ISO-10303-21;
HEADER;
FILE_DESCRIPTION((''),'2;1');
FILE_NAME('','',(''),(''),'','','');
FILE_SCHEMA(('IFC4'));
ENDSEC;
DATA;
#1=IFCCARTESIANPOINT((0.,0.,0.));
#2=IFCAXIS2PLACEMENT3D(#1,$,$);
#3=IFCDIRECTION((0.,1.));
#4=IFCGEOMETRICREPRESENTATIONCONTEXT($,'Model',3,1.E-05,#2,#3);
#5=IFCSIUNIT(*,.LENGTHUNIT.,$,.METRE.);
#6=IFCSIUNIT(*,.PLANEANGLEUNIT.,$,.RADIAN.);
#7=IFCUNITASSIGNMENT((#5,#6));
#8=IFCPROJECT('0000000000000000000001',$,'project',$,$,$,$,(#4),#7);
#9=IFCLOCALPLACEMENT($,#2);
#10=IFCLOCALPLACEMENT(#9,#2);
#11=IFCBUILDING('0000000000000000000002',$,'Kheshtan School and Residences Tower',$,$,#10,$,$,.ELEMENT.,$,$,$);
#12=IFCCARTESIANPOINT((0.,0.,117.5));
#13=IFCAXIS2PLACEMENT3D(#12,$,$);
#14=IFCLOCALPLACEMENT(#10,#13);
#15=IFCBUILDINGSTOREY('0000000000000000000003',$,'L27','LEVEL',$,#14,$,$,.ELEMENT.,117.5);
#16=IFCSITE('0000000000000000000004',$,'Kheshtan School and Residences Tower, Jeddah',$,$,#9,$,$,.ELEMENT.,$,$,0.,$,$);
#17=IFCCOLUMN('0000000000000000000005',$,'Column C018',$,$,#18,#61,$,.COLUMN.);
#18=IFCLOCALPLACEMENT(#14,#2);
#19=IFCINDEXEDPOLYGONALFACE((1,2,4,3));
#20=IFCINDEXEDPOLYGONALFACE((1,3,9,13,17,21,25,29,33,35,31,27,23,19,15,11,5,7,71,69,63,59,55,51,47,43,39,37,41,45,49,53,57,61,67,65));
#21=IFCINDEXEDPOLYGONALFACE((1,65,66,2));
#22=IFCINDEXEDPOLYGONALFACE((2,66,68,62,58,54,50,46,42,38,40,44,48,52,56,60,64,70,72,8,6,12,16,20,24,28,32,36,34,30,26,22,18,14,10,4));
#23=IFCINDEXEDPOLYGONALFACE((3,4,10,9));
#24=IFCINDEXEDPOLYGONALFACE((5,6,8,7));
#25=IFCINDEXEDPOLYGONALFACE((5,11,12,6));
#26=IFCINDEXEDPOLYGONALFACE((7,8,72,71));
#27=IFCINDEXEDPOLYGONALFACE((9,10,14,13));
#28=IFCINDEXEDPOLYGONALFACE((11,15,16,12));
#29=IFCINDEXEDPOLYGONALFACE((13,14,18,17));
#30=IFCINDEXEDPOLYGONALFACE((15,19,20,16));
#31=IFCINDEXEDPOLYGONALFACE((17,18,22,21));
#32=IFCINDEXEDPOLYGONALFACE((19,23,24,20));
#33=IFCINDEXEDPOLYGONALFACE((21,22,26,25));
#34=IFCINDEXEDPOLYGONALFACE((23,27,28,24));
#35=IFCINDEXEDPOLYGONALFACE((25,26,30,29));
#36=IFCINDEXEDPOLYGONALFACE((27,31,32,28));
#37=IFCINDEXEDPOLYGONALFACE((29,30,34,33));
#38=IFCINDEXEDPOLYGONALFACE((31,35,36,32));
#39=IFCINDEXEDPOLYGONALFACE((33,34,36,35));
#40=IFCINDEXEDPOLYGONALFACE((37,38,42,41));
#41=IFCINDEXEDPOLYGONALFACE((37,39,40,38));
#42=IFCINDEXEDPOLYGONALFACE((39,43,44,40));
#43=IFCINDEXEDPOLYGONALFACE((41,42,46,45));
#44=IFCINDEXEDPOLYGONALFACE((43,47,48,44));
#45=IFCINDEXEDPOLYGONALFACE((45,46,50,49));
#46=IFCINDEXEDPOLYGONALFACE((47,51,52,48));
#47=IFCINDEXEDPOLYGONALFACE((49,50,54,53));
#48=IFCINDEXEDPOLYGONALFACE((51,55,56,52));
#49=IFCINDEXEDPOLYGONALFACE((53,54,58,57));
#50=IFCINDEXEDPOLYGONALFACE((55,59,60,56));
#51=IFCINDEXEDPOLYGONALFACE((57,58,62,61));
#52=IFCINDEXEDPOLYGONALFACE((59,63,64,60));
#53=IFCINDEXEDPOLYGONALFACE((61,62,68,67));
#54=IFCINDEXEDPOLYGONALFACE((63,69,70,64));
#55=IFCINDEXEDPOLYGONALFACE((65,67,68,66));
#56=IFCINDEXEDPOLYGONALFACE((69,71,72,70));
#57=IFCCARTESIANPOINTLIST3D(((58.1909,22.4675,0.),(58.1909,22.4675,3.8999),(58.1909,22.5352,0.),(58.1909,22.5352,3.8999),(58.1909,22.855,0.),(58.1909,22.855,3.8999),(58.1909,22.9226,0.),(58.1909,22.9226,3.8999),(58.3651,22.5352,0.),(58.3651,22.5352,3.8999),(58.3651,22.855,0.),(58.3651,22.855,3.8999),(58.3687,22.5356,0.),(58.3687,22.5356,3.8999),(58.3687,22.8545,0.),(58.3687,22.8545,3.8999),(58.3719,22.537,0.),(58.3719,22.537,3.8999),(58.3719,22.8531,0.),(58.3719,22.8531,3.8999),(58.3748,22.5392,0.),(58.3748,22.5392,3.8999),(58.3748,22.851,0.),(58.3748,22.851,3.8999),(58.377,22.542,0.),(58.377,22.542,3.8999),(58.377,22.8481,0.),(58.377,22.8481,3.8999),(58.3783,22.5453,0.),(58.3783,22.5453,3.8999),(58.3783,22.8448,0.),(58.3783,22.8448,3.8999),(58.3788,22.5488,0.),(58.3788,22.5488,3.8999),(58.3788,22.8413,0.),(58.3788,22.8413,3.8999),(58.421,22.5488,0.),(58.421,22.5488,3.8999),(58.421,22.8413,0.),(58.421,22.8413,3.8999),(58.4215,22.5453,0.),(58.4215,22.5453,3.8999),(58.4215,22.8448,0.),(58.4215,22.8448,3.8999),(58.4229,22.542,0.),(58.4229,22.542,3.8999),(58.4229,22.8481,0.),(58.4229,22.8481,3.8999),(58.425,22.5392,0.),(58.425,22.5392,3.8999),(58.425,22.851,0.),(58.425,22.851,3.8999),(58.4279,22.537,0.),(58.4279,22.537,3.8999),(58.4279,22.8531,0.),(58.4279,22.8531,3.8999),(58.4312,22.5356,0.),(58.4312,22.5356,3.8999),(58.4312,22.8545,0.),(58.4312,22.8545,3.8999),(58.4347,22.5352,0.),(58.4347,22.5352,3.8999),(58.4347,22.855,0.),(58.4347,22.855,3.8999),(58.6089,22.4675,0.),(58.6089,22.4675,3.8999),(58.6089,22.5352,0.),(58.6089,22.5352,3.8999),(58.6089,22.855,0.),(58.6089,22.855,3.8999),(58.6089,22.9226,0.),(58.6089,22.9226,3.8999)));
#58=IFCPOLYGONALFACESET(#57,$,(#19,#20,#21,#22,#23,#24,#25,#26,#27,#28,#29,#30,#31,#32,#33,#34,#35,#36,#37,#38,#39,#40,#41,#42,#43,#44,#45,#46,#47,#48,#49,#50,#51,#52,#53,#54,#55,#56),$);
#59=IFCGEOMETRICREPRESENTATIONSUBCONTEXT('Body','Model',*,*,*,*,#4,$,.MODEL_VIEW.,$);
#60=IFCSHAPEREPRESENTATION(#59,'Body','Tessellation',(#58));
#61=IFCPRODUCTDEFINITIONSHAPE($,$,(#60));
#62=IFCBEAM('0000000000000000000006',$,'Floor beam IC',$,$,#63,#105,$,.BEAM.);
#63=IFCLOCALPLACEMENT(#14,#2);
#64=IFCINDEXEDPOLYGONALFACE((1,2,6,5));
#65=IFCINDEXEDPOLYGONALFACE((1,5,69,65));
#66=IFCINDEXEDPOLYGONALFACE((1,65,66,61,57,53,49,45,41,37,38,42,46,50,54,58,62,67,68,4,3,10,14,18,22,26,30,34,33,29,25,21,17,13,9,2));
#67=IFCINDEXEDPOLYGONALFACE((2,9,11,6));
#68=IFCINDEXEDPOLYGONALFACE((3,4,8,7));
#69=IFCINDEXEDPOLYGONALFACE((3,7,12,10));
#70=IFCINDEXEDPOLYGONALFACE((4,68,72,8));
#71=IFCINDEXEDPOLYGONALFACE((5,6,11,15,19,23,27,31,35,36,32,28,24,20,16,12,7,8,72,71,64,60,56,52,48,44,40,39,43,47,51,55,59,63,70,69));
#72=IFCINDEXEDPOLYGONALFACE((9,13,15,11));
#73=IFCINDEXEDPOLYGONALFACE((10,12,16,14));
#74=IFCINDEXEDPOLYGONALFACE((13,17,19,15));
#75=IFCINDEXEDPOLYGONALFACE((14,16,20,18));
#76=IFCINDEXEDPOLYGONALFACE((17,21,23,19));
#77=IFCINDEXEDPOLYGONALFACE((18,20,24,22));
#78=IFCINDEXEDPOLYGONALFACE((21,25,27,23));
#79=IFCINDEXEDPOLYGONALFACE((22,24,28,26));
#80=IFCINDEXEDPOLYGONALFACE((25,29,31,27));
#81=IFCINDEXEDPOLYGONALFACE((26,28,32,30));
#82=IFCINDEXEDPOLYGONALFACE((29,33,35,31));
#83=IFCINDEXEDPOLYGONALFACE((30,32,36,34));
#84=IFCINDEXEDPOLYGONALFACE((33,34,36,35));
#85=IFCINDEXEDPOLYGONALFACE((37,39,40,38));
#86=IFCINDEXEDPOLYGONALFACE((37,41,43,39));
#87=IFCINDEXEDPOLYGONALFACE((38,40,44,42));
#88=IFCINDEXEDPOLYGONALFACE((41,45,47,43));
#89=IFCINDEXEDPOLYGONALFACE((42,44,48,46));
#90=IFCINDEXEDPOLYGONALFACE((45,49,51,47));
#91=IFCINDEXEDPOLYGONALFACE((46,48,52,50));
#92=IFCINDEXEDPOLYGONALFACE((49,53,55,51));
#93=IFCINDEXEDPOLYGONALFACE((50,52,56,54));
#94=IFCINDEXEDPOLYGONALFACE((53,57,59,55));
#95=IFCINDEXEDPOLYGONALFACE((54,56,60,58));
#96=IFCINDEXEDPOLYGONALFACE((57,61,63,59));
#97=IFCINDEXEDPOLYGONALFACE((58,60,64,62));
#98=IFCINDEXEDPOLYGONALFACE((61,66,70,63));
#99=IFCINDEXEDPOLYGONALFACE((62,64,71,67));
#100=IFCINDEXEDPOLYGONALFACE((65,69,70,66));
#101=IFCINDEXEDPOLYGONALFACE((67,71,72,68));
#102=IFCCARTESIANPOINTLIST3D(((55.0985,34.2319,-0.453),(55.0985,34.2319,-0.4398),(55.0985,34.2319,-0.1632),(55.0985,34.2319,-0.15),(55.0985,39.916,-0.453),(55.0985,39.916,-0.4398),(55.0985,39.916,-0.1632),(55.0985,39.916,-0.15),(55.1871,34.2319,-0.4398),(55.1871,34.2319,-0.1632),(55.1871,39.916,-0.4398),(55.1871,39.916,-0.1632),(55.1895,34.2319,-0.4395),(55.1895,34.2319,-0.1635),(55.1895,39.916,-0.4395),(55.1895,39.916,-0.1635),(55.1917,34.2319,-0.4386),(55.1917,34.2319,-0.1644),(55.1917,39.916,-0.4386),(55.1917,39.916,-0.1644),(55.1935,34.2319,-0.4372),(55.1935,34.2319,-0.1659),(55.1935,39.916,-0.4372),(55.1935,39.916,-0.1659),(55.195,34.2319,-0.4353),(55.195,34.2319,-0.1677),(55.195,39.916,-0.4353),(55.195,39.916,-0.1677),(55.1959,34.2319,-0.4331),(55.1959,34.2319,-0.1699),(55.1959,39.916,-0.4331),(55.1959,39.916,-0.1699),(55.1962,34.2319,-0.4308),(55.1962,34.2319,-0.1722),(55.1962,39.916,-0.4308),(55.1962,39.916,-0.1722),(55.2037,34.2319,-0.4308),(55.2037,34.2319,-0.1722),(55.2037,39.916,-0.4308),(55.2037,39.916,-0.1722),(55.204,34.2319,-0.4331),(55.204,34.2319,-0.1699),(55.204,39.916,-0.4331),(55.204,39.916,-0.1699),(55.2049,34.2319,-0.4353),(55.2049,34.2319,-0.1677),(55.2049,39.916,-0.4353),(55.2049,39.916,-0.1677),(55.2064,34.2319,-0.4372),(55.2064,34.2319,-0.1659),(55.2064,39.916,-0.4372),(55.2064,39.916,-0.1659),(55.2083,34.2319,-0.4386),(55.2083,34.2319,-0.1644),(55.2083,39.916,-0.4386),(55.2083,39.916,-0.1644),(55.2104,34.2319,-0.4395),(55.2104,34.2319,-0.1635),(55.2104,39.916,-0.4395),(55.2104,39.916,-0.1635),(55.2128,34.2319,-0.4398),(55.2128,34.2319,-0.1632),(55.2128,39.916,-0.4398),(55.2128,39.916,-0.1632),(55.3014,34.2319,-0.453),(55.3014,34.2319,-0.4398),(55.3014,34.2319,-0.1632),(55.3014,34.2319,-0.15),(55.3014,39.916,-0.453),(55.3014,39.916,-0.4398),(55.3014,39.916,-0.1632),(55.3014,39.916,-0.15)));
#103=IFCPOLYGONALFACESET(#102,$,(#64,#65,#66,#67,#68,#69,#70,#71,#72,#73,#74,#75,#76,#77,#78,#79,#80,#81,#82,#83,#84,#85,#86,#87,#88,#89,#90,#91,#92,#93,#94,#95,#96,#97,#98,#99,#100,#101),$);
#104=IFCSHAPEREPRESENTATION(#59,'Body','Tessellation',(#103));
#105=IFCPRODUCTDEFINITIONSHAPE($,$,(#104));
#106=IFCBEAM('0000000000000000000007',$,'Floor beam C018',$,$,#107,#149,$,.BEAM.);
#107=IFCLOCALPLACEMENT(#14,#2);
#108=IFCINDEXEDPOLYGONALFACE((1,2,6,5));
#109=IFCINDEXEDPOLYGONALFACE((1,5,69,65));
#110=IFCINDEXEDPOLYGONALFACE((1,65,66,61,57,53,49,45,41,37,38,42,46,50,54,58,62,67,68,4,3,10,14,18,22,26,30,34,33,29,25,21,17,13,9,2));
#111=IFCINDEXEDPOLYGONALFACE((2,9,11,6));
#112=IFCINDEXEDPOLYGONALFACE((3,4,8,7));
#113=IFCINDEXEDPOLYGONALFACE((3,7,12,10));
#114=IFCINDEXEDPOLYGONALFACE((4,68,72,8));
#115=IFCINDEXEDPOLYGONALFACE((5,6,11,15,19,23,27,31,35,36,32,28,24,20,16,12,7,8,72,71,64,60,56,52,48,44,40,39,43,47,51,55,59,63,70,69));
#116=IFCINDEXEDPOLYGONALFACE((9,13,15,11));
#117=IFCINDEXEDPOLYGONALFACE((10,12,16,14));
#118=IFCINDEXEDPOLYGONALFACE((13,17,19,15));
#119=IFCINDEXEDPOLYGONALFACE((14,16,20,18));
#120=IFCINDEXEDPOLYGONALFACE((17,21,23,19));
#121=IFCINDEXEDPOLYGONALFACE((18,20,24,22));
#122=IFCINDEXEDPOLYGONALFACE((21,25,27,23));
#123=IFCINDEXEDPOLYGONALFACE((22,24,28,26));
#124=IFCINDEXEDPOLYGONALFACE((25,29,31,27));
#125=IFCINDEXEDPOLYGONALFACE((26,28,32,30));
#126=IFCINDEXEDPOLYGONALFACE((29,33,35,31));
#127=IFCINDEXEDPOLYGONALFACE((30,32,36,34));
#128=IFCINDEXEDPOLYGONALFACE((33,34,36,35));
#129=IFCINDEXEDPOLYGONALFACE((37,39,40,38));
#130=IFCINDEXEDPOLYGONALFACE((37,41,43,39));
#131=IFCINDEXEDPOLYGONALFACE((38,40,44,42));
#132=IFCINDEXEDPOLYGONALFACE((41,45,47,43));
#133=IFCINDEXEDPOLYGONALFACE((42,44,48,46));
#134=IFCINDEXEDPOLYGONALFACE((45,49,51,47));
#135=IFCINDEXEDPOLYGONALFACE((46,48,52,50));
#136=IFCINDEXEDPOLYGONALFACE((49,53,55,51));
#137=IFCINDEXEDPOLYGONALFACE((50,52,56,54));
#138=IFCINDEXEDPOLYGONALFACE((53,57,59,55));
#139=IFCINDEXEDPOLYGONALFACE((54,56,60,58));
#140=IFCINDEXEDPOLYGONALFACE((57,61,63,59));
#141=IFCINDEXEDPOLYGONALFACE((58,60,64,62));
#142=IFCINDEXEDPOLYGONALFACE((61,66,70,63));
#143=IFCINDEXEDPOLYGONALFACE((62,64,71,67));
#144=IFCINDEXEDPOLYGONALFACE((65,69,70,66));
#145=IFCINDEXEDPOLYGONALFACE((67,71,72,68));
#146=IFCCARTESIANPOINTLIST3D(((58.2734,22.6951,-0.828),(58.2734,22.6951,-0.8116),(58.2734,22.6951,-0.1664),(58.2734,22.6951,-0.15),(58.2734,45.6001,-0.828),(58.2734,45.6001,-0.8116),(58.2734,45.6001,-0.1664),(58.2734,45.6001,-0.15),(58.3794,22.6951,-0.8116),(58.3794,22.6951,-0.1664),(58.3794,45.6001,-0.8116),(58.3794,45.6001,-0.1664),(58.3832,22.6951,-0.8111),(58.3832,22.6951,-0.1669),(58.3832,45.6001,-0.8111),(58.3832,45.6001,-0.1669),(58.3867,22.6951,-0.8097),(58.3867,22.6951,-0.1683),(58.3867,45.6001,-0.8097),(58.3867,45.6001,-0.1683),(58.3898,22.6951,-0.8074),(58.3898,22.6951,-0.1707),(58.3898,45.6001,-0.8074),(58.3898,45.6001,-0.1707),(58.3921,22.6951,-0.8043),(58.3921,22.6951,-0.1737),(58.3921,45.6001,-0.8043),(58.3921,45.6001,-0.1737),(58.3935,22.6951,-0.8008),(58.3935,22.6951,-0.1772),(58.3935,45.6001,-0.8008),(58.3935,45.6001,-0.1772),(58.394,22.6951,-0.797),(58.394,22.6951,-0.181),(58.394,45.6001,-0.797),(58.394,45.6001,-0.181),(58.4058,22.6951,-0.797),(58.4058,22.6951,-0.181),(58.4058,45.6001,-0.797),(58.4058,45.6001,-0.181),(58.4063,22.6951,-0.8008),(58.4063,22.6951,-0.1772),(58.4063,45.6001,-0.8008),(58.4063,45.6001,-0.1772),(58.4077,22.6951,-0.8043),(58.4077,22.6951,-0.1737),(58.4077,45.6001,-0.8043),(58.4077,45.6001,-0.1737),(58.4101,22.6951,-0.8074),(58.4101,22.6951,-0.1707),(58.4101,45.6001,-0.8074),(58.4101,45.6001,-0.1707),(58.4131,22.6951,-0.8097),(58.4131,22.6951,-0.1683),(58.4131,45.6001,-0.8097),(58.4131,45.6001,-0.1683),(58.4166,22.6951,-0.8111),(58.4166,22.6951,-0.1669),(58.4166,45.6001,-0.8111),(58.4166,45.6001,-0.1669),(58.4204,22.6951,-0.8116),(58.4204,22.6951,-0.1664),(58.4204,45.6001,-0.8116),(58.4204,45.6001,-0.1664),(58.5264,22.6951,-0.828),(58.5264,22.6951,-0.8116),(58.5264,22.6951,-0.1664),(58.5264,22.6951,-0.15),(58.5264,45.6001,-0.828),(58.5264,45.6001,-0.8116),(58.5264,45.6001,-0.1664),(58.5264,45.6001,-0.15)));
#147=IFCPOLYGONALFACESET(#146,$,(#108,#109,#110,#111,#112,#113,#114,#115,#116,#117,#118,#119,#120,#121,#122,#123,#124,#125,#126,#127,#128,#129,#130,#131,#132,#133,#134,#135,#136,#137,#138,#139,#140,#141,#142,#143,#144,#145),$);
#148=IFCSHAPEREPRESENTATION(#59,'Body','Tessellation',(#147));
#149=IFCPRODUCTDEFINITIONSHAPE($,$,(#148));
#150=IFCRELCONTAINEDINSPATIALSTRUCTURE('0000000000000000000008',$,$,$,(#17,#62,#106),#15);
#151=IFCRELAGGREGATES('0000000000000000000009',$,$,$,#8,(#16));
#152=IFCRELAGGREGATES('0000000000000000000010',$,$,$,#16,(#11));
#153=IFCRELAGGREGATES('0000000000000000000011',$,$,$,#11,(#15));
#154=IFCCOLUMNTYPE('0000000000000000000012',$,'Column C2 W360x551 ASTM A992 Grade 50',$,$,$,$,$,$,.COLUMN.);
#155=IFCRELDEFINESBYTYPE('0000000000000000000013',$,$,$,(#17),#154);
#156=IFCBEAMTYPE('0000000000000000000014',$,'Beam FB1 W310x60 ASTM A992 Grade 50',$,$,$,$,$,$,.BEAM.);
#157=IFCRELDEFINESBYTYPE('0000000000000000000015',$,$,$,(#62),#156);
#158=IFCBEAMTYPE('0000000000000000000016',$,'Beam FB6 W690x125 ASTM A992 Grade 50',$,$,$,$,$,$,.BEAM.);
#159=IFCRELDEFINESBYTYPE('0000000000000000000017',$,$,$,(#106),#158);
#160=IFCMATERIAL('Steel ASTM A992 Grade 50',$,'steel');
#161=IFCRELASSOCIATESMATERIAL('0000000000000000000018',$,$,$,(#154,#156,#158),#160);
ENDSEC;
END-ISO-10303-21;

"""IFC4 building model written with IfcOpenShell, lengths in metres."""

from ifc_helpers import new_model, si_unit, direction, frame, origin, origin_2d, place, context, subcontext, project, spatial, i_section, extrude, material, material_profile, profile_set, type_object, element, save


model = new_model("IFC4")

# Units and contexts
model_context = context("Model", 3, precision=1e-05, world=origin(), true_north=direction((0.0, 1.0)))
body_context = subcontext(model_context, "Body", "Model", "MODEL_VIEW")
ifc_project = project(units=[si_unit("LENGTHUNIT", "METRE"), si_unit("PLANEANGLEUNIT", "RADIAN")], contexts=[model_context])

# Site, building, storey
site_placement = place(None, origin())
site = spatial("IfcSite", under=ifc_project, at=site_placement, Name="Kheshtan School and Residences Tower, Jeddah", CompositionType="ELEMENT", RefElevation=0.0)
building_placement = place(site_placement, origin())
building = spatial("IfcBuilding", under=site, at=building_placement, Name="Kheshtan School and Residences Tower", CompositionType="ELEMENT")
storey_placement = place(building_placement, frame((0.0, 0.0, 117.5)))
storey = spatial("IfcBuildingStorey", under=building, at=storey_placement, Name="L27", Description="LEVEL", CompositionType="ELEMENT", Elevation=117.5)

# Column
ifc_material_1 = material(Name="Steel ASTM A992 Grade 50", Category="steel")
ifc_material_profile_1 = material_profile(ifc_material_1, i_section(OverallWidth=0.418, OverallDepth=0.4551, WebThickness=0.0422, FlangeThickness=0.0676, FilletRadius=0.0137, at=origin_2d()), Name="W360x551")
ifc_profile_set_1 = profile_set([ifc_material_profile_1], Name="Steel ASTM A992 Grade 50")
column_type = type_object("IfcColumnType", Name="Column C2 W360x551 ASTM A992 Grade 50", PredefinedType="COLUMN", material=ifc_profile_set_1)
column_placement = place(storey_placement, frame((58.3999, 22.6951, 0.0), z_axis=(0.0, 0.0, 1.0), x_axis=(1.0, 0.0, 0.0)))
element("IfcColumn", 1, at=column_placement, inside=storey, type_object=column_type, Name="Column C018", PredefinedType="COLUMN", context=body_context, shape_type="SweptSolid", body=[
    extrude(i_section(OverallWidth=0.418, OverallDepth=0.4551, WebThickness=0.0422, FlangeThickness=0.0676, FilletRadius=0.0137, at=origin_2d()), origin(), (0.0, 0.0, 1.0), 3.8999),
])

# Beams
ifc_material_profile_2 = material_profile(ifc_material_1, i_section(OverallWidth=0.2029, OverallDepth=0.303, WebThickness=0.0076, FlangeThickness=0.0132, FilletRadius=0.009, at=origin_2d()), Name="W310x60")
ifc_profile_set_2 = profile_set([ifc_material_profile_2], Name="Steel ASTM A992 Grade 50")
beam_type_1 = type_object("IfcBeamType", Name="Beam FB1 W310x60 ASTM A992 Grade 50", PredefinedType="BEAM", material=ifc_profile_set_2)
beam_1_placement = place(storey_placement, frame((55.2, 34.2319, -0.3015), z_axis=(0.0, 1.0, 0.0), x_axis=(-1.0, 0.0, 0.0)))
element("IfcBeam", 2, at=beam_1_placement, inside=storey, type_object=beam_type_1, Name="Floor beam IC", PredefinedType="BEAM", context=body_context, shape_type="SweptSolid", body=[
    extrude(i_section(OverallWidth=0.2029, OverallDepth=0.303, WebThickness=0.0076, FlangeThickness=0.0132, FilletRadius=0.009, at=origin_2d()), origin(), (0.0, 0.0, 1.0), 5.6841),
])
ifc_material_profile_3 = material_profile(ifc_material_1, i_section(OverallWidth=0.2529, OverallDepth=0.678, WebThickness=0.0117, FlangeThickness=0.0164, FilletRadius=0.0146, at=origin_2d()), Name="W690x125")
ifc_profile_set_3 = profile_set([ifc_material_profile_3], Name="Steel ASTM A992 Grade 50")
beam_type_2 = type_object("IfcBeamType", Name="Beam FB6 W690x125 ASTM A992 Grade 50", PredefinedType="BEAM", material=ifc_profile_set_3)
beam_2_placement = place(storey_placement, frame((58.3999, 22.6951, -0.489), z_axis=(0.0, 1.0, 0.0), x_axis=(-1.0, 0.0, 0.0)))
element("IfcBeam", 3, at=beam_2_placement, inside=storey, type_object=beam_type_2, Name="Floor beam C018", PredefinedType="BEAM", context=body_context, shape_type="SweptSolid", body=[
    extrude(i_section(OverallWidth=0.2529, OverallDepth=0.678, WebThickness=0.0117, FlangeThickness=0.0164, FilletRadius=0.0146, at=origin_2d()), origin(), (0.0, 0.0, 1.0), 22.905),
])

save(model, "model.ifc")
